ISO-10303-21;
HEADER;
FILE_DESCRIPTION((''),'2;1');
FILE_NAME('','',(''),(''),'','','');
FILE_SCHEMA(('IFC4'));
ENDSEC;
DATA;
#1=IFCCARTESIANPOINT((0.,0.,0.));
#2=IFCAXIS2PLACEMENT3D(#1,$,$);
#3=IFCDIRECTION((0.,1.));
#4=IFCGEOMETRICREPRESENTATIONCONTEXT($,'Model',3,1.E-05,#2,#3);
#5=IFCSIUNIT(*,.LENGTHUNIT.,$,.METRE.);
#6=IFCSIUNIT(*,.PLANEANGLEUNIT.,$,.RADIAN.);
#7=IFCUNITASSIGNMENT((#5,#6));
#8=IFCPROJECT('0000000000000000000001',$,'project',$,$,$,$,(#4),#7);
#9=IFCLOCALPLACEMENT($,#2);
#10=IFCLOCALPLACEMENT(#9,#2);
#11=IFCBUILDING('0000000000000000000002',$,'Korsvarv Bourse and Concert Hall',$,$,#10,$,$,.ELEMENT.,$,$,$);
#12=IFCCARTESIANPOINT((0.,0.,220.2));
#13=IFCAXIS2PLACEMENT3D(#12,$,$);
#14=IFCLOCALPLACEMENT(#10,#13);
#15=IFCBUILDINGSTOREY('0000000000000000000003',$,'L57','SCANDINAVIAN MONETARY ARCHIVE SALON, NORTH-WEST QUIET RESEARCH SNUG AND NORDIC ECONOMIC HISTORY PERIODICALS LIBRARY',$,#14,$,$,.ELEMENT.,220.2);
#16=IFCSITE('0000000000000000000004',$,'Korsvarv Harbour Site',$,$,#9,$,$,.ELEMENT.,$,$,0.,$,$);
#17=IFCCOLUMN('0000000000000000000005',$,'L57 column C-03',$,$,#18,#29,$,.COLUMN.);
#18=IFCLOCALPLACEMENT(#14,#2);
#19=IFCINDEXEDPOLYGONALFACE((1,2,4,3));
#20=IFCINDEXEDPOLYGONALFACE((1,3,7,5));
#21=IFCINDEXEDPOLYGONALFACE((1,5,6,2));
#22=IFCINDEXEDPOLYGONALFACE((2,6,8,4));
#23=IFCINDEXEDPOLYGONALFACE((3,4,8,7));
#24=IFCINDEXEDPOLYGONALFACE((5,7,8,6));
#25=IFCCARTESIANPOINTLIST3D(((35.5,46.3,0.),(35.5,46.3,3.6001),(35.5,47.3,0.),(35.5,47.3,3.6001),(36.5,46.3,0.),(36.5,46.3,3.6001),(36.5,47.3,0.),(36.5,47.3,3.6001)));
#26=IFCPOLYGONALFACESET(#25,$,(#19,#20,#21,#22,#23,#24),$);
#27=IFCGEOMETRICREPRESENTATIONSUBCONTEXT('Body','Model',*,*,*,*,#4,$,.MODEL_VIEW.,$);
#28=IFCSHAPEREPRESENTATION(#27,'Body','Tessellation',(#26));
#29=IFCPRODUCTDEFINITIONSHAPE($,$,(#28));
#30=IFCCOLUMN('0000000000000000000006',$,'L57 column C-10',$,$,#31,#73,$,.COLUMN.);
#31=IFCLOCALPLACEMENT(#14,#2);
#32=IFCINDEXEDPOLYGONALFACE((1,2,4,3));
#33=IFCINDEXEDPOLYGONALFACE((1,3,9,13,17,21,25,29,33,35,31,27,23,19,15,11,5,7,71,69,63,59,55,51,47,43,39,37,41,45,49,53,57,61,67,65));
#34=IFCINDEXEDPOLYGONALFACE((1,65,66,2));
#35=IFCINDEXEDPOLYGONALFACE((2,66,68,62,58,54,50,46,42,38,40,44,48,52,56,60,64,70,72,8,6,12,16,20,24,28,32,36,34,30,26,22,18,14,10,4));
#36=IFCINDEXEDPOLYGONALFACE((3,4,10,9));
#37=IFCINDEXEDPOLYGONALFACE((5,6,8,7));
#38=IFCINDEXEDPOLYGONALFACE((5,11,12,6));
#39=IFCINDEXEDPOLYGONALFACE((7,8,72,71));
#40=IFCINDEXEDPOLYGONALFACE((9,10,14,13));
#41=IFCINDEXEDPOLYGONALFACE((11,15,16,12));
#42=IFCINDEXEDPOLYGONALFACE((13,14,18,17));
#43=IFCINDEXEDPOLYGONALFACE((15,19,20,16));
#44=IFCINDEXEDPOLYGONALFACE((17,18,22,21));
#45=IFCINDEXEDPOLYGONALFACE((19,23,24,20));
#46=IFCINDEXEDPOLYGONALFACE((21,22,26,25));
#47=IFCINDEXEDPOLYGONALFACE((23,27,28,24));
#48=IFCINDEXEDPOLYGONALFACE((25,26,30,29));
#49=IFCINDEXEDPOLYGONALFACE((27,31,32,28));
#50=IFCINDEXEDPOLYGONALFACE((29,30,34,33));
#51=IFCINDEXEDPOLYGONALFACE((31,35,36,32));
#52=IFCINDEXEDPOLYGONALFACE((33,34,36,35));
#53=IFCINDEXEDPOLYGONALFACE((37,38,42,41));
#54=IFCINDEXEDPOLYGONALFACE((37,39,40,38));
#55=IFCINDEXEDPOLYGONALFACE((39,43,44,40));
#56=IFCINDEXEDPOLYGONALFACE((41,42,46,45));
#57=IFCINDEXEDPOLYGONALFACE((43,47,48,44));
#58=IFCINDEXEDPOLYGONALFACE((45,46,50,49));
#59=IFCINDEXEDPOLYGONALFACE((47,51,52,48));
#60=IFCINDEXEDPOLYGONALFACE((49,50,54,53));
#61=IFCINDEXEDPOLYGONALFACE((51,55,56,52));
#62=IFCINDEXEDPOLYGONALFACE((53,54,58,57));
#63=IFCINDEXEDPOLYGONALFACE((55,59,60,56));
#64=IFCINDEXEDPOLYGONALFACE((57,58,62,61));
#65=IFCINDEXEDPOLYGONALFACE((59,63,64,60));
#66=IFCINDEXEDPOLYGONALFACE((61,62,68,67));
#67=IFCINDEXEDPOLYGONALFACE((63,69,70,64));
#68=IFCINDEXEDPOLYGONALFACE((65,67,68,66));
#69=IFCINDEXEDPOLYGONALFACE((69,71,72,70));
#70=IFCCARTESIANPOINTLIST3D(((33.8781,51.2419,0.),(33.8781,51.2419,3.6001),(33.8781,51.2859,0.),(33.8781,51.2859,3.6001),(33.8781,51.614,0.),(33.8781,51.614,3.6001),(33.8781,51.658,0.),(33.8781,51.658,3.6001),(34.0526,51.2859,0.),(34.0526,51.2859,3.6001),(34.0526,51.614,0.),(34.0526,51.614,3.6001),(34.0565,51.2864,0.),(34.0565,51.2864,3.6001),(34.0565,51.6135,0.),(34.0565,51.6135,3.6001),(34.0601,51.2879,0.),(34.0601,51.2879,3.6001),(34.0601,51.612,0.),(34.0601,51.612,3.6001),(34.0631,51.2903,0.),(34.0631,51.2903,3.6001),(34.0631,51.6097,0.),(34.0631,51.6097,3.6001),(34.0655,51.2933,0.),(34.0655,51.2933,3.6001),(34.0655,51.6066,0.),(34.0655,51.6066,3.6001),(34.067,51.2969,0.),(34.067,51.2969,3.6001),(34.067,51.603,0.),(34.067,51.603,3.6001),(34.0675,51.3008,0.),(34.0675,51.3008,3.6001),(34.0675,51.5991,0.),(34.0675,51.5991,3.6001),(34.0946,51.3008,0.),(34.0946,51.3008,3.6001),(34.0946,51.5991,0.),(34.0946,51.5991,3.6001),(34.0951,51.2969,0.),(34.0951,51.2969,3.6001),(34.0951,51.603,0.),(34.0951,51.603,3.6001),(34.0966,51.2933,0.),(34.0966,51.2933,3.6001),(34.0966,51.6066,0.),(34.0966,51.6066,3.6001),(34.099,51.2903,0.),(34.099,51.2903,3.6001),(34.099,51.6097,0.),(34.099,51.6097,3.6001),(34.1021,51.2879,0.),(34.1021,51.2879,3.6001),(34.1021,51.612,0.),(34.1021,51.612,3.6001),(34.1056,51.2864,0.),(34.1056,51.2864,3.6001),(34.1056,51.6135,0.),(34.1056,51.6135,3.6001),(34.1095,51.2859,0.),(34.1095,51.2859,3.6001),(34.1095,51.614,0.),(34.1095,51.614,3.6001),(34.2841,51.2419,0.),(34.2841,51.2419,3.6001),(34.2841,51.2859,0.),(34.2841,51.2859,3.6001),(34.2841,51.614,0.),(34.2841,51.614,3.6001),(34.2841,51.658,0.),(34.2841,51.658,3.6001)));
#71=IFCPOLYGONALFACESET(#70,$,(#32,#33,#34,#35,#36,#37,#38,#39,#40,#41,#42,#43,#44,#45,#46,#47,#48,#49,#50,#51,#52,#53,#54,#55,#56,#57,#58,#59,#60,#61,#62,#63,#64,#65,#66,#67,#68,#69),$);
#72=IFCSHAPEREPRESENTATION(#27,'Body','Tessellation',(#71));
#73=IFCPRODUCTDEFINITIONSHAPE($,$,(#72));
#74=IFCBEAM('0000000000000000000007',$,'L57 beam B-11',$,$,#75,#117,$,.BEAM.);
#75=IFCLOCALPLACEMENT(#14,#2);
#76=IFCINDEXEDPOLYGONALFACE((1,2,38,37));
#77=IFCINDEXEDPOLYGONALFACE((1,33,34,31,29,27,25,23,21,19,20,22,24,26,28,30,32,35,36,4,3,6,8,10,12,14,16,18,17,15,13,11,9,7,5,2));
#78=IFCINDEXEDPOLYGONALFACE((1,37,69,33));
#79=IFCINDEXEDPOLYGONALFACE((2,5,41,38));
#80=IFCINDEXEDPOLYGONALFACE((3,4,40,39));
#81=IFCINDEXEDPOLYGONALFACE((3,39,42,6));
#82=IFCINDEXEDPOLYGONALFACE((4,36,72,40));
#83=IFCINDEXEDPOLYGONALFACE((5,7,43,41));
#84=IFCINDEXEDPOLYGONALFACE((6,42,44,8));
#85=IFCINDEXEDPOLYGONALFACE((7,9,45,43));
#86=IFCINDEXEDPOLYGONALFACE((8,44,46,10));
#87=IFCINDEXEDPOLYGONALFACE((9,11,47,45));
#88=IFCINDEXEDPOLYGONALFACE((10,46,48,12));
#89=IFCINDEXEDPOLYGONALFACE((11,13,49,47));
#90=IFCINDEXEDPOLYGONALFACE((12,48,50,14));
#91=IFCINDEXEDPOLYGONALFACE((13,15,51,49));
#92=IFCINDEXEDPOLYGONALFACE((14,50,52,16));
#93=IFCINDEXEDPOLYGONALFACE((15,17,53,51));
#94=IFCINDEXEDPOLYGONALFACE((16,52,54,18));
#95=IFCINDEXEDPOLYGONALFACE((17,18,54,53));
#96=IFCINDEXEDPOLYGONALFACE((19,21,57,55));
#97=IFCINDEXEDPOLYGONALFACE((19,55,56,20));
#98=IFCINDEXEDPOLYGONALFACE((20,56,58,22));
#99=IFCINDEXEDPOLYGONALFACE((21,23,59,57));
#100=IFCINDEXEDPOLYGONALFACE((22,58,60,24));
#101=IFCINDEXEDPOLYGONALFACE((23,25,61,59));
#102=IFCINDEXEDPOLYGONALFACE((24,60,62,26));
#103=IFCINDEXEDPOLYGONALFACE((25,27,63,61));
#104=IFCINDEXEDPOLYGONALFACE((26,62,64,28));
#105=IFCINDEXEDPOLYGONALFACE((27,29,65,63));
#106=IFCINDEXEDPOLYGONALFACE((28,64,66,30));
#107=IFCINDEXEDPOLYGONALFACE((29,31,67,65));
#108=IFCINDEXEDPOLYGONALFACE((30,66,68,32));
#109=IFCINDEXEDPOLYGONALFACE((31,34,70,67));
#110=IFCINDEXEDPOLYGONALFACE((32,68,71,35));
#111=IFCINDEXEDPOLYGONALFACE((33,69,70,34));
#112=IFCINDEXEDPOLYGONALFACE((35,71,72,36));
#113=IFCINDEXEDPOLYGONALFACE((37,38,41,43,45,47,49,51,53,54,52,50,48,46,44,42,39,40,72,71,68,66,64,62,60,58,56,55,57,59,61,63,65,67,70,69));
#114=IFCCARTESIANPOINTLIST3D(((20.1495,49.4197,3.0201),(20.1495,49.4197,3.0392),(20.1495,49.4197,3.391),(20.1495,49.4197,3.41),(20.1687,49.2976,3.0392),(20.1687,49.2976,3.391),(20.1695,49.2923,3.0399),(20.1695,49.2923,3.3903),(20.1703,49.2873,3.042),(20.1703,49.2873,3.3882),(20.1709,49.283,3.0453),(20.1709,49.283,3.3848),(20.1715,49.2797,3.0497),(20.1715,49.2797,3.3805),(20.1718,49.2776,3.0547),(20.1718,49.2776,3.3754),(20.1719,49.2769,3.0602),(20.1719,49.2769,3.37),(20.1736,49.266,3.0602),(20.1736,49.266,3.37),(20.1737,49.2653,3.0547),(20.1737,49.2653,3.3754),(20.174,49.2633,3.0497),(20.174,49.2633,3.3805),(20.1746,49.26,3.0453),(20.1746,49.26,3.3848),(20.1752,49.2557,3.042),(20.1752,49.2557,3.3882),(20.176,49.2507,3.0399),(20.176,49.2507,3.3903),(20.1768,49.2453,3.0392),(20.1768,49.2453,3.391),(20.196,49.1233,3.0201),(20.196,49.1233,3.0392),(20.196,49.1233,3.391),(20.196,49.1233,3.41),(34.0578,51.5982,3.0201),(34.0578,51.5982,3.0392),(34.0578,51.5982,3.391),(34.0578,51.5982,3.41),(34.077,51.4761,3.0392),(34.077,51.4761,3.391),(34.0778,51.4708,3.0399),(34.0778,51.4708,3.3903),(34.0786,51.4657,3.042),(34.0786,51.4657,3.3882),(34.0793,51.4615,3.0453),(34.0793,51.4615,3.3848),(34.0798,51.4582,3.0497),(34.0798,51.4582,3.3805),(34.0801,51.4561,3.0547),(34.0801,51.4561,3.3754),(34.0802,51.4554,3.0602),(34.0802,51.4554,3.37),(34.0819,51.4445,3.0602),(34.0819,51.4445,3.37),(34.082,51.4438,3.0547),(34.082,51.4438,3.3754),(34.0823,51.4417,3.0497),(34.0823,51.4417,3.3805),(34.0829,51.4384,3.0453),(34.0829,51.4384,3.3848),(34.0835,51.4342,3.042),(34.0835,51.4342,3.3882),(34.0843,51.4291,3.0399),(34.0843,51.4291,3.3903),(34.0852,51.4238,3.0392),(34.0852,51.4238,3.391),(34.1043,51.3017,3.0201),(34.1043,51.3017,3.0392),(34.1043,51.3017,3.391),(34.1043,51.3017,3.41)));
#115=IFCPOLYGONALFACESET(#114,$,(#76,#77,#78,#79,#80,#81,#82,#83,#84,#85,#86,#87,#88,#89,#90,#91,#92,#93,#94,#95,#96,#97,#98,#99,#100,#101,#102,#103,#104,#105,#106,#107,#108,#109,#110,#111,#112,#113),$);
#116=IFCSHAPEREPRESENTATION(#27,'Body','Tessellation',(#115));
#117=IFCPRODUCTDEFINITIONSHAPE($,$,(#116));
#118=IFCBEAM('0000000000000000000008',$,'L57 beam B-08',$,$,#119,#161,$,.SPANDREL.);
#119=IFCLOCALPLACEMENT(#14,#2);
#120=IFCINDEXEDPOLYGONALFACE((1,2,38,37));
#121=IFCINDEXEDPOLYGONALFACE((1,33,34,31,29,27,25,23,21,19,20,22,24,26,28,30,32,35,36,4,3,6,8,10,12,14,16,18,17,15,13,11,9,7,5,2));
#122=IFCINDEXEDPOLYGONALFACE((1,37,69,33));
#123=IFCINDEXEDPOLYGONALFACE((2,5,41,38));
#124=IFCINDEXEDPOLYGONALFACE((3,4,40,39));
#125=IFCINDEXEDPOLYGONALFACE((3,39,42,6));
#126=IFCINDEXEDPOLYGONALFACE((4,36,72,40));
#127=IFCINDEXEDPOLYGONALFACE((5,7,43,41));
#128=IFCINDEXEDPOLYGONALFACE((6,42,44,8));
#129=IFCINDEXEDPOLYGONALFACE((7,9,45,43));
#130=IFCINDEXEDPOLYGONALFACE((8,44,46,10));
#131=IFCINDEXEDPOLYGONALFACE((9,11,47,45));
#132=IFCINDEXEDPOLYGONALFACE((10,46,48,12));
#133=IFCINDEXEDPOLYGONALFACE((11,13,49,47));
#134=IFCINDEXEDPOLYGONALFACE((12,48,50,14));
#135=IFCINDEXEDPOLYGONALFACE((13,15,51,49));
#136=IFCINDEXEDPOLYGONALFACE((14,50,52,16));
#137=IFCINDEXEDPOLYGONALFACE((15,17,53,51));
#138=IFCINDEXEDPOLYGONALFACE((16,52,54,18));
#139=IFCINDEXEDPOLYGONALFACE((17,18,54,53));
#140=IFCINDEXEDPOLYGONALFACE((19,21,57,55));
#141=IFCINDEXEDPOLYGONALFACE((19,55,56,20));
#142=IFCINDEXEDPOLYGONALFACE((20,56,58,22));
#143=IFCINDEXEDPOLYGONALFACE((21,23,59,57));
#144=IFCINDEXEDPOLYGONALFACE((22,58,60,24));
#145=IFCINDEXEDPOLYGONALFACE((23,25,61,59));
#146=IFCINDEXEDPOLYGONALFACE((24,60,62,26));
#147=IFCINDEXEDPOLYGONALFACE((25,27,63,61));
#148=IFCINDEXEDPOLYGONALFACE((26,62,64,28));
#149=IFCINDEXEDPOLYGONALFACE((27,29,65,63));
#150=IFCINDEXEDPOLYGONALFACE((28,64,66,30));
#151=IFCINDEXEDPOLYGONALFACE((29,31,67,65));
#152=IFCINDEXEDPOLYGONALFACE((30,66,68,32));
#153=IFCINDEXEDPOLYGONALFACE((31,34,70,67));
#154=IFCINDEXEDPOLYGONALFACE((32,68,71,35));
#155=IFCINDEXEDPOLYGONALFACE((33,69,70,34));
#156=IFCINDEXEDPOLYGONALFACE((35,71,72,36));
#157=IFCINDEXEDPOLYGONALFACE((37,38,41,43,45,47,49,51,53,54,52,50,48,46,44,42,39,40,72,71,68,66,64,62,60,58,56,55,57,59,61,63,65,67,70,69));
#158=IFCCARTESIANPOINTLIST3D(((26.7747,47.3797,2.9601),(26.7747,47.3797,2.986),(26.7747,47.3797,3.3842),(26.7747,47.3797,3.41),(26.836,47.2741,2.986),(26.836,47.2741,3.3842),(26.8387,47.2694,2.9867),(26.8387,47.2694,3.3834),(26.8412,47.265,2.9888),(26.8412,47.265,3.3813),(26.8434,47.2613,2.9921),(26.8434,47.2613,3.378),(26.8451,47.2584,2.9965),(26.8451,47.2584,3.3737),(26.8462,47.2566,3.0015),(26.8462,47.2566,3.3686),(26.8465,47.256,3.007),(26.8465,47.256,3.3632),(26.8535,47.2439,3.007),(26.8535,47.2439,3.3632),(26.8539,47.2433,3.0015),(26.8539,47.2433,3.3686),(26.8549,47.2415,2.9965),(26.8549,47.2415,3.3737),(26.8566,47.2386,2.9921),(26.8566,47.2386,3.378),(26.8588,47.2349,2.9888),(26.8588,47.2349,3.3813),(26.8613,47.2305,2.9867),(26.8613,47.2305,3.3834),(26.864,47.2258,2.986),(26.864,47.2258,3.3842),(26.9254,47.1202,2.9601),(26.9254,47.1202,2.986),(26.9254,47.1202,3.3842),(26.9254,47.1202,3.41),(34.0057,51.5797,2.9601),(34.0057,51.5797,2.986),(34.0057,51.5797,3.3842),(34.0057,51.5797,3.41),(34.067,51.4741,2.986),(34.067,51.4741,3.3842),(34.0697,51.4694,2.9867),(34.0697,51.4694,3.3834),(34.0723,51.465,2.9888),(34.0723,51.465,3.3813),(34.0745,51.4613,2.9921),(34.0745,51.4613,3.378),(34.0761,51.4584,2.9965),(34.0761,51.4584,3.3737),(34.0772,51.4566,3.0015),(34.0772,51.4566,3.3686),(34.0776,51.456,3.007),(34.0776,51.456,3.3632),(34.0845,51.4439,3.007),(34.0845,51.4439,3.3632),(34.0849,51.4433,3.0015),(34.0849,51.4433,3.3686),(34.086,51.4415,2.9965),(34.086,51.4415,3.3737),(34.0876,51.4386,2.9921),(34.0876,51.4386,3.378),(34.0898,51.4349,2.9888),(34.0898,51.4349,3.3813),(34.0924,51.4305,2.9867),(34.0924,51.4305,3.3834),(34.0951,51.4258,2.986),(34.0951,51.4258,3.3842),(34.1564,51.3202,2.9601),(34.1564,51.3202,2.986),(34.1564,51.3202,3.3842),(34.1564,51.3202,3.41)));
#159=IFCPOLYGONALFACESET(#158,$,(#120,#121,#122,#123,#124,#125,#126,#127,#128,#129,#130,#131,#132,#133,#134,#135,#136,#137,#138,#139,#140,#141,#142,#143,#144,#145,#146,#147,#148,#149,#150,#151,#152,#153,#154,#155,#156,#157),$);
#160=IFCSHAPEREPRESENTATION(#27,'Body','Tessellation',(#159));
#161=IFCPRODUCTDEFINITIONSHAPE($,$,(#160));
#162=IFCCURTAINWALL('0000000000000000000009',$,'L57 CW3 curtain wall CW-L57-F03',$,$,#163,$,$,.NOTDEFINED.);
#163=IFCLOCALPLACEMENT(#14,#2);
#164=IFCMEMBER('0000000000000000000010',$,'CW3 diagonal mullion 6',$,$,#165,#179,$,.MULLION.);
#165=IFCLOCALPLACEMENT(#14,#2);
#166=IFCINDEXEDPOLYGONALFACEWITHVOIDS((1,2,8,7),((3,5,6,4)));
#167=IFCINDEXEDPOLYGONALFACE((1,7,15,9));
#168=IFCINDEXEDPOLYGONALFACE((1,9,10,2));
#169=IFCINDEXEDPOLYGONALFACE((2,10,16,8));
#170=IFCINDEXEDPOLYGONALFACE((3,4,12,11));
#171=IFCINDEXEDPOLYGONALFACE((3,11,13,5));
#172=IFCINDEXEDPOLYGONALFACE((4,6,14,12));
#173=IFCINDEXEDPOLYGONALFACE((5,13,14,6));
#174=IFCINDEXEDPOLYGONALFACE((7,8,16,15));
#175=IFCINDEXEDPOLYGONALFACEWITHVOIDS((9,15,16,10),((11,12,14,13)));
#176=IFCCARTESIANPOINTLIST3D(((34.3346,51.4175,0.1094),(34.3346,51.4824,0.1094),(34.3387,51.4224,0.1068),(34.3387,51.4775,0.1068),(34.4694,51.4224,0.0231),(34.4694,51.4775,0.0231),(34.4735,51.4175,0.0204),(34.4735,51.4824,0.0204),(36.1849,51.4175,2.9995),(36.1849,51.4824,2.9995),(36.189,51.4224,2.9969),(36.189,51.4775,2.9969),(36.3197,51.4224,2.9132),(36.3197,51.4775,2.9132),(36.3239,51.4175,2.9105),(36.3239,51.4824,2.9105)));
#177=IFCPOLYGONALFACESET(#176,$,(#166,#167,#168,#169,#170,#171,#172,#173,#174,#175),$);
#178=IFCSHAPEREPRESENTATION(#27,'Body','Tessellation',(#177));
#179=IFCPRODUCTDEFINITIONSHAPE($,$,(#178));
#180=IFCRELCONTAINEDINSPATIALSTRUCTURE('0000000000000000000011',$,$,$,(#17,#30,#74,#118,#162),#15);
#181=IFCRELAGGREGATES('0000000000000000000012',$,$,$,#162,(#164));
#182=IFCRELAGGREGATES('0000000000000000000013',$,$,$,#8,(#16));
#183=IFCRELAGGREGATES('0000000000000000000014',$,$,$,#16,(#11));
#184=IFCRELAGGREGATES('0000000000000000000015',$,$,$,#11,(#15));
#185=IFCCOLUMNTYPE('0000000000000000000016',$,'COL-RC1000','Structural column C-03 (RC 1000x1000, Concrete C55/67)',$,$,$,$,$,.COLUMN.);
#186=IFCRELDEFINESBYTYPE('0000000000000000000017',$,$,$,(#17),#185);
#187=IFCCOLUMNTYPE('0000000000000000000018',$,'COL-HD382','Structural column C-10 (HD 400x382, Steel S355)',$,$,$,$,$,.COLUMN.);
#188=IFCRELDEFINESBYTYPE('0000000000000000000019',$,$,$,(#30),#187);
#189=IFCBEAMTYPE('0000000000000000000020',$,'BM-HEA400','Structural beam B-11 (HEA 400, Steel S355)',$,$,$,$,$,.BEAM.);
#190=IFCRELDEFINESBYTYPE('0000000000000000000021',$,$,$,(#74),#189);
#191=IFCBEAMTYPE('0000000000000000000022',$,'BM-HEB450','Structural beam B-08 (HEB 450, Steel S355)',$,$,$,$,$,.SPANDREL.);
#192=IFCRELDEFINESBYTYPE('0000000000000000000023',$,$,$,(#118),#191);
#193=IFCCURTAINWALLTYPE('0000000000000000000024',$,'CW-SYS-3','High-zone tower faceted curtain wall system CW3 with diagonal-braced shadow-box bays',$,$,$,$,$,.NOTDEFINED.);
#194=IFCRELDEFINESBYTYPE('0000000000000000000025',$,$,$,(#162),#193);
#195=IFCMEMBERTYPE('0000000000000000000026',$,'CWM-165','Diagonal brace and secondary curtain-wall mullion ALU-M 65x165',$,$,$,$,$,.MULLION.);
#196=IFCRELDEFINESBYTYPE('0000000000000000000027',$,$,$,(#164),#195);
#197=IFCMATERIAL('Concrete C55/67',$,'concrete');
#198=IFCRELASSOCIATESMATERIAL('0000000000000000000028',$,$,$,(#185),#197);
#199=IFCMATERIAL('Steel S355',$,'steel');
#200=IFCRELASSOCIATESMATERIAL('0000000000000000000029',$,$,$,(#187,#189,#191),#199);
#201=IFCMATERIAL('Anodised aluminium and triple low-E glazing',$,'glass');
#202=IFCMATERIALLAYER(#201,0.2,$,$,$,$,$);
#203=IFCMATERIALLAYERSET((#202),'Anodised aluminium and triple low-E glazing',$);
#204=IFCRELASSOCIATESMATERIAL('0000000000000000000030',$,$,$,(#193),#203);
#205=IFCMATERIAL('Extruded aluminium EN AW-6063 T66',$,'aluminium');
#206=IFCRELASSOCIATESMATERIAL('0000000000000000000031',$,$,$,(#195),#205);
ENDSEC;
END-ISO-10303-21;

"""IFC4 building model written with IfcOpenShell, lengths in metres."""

from ifc_helpers import new_model, si_unit, direction, frame, origin, origin_2d, place, context, subcontext, project, spatial, rectangle, hollow_rectangle, i_section, extrude, source, transform, mapped, material, layer, layer_set, material_profile, profile_set, type_object, element, aggregate, save


model = new_model("IFC4")

# Units and contexts
model_context = context("Model", 3, precision=1e-05, world=origin(), true_north=direction((0.0, 1.0)))
body_context = subcontext(model_context, "Body", "Model", "MODEL_VIEW")
ifc_project = project(units=[si_unit("LENGTHUNIT", "METRE"), si_unit("PLANEANGLEUNIT", "RADIAN")], contexts=[model_context])

# Site, building, storey
site_placement = place(None, origin())
site = spatial("IfcSite", under=ifc_project, at=site_placement, Name="Korsvarv Harbour Site", CompositionType="ELEMENT", RefElevation=0.0)
building_placement = place(site_placement, origin())
building = spatial("IfcBuilding", under=site, at=building_placement, Name="Korsvarv Bourse and Concert Hall", CompositionType="ELEMENT")
storey_placement = place(building_placement, frame((0.0, 0.0, 220.2)))
storey = spatial("IfcBuildingStorey", under=building, at=storey_placement, Name="L57", Description="SCANDINAVIAN MONETARY ARCHIVE SALON, NORTH-WEST QUIET RESEARCH SNUG AND NORDIC ECONOMIC HISTORY PERIODICALS LIBRARY", CompositionType="ELEMENT", Elevation=220.2)

# Columns
ifc_material_1 = material(Name="Concrete C55/67", Category="concrete")
ifc_material_profile_1 = material_profile(ifc_material_1, rectangle(XDim=1.0, YDim=1.0, at=origin_2d()), Name="RC 1000x1000")
ifc_profile_set_1 = profile_set([ifc_material_profile_1], Name="Concrete C55/67")
column_type_1 = type_object("IfcColumnType", Name="COL-RC1000", Description="Structural column C-03 (RC 1000x1000, Concrete C55/67)", PredefinedType="COLUMN", material=ifc_profile_set_1)
shared_shape_1 = source(origin(), body_context, "Body", "SweptSolid", [
    extrude(rectangle(XDim=1.0, YDim=1.0, at=origin_2d()), origin(), (0.0, 0.0, 1.0), 3.6001),
])
column_1_placement = place(storey_placement, frame((36.0, 46.8, 0.0), z_axis=(0.0, 0.0, 1.0), x_axis=(1.0, 0.0, 0.0)))
element("IfcColumn", 1, at=column_1_placement, inside=storey, type_object=column_type_1, Name="L57 column C-03", PredefinedType="COLUMN", context=body_context, shape_type="MappedRepresentation", body=[
    mapped(shared_shape_1, transform((0.0, 0.0, 0.0), scale=1.0)),
])
ifc_material_2 = material(Name="Steel S355", Category="steel")
ifc_material_profile_2 = material_profile(ifc_material_2, i_section(OverallWidth=0.406, OverallDepth=0.416, WebThickness=0.0271, FlangeThickness=0.0439, FilletRadius=0.0149, at=origin_2d()), Name="HD 400x382")
ifc_profile_set_2 = profile_set([ifc_material_profile_2], Name="Steel S355")
column_type_2 = type_object("IfcColumnType", Name="COL-HD382", Description="Structural column C-10 (HD 400x382, Steel S355)", PredefinedType="COLUMN", material=ifc_profile_set_2)
shared_shape_2 = source(origin(), body_context, "Body", "SweptSolid", [
    extrude(i_section(OverallWidth=0.406, OverallDepth=0.416, WebThickness=0.0271, FlangeThickness=0.0439, FilletRadius=0.0149, at=origin_2d()), origin(), (0.0, 0.0, 1.0), 3.6001),
])
column_2_placement = place(storey_placement, frame((34.0811, 51.45, 0.0), z_axis=(0.0, 0.0, 1.0), x_axis=(1.0, 0.0, 0.0)))
element("IfcColumn", 2, at=column_2_placement, inside=storey, type_object=column_type_2, Name="L57 column C-10", PredefinedType="COLUMN", context=body_context, shape_type="MappedRepresentation", body=[
    mapped(shared_shape_2, transform((0.0, 0.0, 0.0), scale=1.0)),
])

# Beams
ifc_material_profile_3 = material_profile(ifc_material_2, i_section(OverallWidth=0.3, OverallDepth=0.3899, WebThickness=0.011, FlangeThickness=0.019, FilletRadius=0.021, at=origin_2d()), Name="HEA 400")
ifc_profile_set_3 = profile_set([ifc_material_profile_3], Name="Steel S355")
beam_type_1 = type_object("IfcBeamType", Name="BM-HEA400", Description="Structural beam B-11 (HEA 400, Steel S355)", PredefinedType="BEAM", material=ifc_profile_set_3)
shared_shape_3 = source(origin(), body_context, "Body", "SweptSolid", [
    extrude(i_section(OverallWidth=0.3, OverallDepth=0.3899, WebThickness=0.011, FlangeThickness=0.019, FilletRadius=0.021, at=origin_2d()), origin(), (0.0, 0.0, 1.0), 14.0779),
])
beam_1_placement = place(storey_placement, frame((34.0811, 51.45, 3.2151), z_axis=(-0.987954, -0.154745, 0.0), x_axis=(0.154745, -0.987954, 0.0)))
element("IfcBeam", 3, at=beam_1_placement, inside=storey, type_object=beam_type_1, Name="L57 beam B-11", PredefinedType="BEAM", context=body_context, shape_type="MappedRepresentation", body=[
    mapped(shared_shape_3, transform((0.0, 0.0, 0.0), scale=1.0)),
])
ifc_material_profile_4 = material_profile(ifc_material_2, i_section(OverallWidth=0.3, OverallDepth=0.45, WebThickness=0.0139, FlangeThickness=0.0259, FilletRadius=0.021, at=origin_2d()), Name="HEB 450")
ifc_profile_set_4 = profile_set([ifc_material_profile_4], Name="Steel S355")
beam_type_2 = type_object("IfcBeamType", Name="BM-HEB450", Description="Structural beam B-08 (HEB 450, Steel S355)", PredefinedType="SPANDREL", material=ifc_profile_set_4)
shared_shape_4 = source(origin(), body_context, "Body", "SweptSolid", [
    extrude(i_section(OverallWidth=0.3, OverallDepth=0.45, WebThickness=0.0139, FlangeThickness=0.0259, FilletRadius=0.021, at=origin_2d()), origin(), (0.0, 0.0, 1.0), 8.3623),
])
beam_2_placement = place(storey_placement, frame((34.0811, 51.45, 3.1851), z_axis=(-0.86472, -0.502255, 0.0), x_axis=(0.502255, -0.86472, 0.0)))
element("IfcBeam", 4, at=beam_2_placement, inside=storey, type_object=beam_type_2, Name="L57 beam B-08", PredefinedType="SPANDREL", context=body_context, shape_type="MappedRepresentation", body=[
    mapped(shared_shape_4, transform((0.0, 0.0, 0.0), scale=1.0)),
])

# Curtain wall, member
ifc_material_3 = material(Name="Anodised aluminium and triple low-E glazing", Category="glass")
ifc_layer_1 = layer(ifc_material_3, 0.2)
ifc_layer_set_1 = layer_set([ifc_layer_1], Name="Anodised aluminium and triple low-E glazing")
curtain_wall_type = type_object("IfcCurtainWallType", Name="CW-SYS-3", Description="High-zone tower faceted curtain wall system CW3 with diagonal-braced shadow-box bays", PredefinedType="NOTDEFINED", material=ifc_layer_set_1)
curtain_wall_placement = place(storey_placement, origin())
curtain_wall = element("IfcCurtainWall", 5, at=curtain_wall_placement, inside=storey, type_object=curtain_wall_type, Name="L57 CW3 curtain wall CW-L57-F03", PredefinedType="NOTDEFINED")
ifc_material_4 = material(Name="Extruded aluminium EN AW-6063 T66", Category="aluminium")
ifc_material_profile_5 = material_profile(ifc_material_4, hollow_rectangle(XDim=0.0649, YDim=0.165, WallThickness=0.0049, at=origin_2d()), Name="ALU-M 65x165")
ifc_profile_set_5 = profile_set([ifc_material_profile_5], Name="Extruded aluminium EN AW-6063 T66")
member_type_1 = type_object("IfcMemberType", Name="CWM-165", Description="Diagonal brace and secondary curtain-wall mullion ALU-M 65x165", PredefinedType="MULLION", material=ifc_profile_set_5)
shared_shape_5 = source(origin(), body_context, "Body", "SweptSolid", [
    extrude(hollow_rectangle(XDim=0.0649, YDim=0.165, WallThickness=0.0049, at=origin_2d()), origin(), (0.0, 0.0, 1.0), 3.4316),
])
member_1_placement = place(storey_placement, frame((34.4041, 51.45, 0.0649), z_axis=(0.539189, 0.0, 0.842185), x_axis=(0.0, 1.0, 0.0)))
member_1 = element("IfcMember", 6, at=member_1_placement, type_object=member_type_1, Name="CW3 diagonal mullion 6", PredefinedType="MULLION", context=body_context, shape_type="MappedRepresentation", body=[
    mapped(shared_shape_5, transform((0.0, 0.0, 0.0), scale=1.0)),
])
aggregate(curtain_wall, [member_1])

save(model, "model.ifc")
